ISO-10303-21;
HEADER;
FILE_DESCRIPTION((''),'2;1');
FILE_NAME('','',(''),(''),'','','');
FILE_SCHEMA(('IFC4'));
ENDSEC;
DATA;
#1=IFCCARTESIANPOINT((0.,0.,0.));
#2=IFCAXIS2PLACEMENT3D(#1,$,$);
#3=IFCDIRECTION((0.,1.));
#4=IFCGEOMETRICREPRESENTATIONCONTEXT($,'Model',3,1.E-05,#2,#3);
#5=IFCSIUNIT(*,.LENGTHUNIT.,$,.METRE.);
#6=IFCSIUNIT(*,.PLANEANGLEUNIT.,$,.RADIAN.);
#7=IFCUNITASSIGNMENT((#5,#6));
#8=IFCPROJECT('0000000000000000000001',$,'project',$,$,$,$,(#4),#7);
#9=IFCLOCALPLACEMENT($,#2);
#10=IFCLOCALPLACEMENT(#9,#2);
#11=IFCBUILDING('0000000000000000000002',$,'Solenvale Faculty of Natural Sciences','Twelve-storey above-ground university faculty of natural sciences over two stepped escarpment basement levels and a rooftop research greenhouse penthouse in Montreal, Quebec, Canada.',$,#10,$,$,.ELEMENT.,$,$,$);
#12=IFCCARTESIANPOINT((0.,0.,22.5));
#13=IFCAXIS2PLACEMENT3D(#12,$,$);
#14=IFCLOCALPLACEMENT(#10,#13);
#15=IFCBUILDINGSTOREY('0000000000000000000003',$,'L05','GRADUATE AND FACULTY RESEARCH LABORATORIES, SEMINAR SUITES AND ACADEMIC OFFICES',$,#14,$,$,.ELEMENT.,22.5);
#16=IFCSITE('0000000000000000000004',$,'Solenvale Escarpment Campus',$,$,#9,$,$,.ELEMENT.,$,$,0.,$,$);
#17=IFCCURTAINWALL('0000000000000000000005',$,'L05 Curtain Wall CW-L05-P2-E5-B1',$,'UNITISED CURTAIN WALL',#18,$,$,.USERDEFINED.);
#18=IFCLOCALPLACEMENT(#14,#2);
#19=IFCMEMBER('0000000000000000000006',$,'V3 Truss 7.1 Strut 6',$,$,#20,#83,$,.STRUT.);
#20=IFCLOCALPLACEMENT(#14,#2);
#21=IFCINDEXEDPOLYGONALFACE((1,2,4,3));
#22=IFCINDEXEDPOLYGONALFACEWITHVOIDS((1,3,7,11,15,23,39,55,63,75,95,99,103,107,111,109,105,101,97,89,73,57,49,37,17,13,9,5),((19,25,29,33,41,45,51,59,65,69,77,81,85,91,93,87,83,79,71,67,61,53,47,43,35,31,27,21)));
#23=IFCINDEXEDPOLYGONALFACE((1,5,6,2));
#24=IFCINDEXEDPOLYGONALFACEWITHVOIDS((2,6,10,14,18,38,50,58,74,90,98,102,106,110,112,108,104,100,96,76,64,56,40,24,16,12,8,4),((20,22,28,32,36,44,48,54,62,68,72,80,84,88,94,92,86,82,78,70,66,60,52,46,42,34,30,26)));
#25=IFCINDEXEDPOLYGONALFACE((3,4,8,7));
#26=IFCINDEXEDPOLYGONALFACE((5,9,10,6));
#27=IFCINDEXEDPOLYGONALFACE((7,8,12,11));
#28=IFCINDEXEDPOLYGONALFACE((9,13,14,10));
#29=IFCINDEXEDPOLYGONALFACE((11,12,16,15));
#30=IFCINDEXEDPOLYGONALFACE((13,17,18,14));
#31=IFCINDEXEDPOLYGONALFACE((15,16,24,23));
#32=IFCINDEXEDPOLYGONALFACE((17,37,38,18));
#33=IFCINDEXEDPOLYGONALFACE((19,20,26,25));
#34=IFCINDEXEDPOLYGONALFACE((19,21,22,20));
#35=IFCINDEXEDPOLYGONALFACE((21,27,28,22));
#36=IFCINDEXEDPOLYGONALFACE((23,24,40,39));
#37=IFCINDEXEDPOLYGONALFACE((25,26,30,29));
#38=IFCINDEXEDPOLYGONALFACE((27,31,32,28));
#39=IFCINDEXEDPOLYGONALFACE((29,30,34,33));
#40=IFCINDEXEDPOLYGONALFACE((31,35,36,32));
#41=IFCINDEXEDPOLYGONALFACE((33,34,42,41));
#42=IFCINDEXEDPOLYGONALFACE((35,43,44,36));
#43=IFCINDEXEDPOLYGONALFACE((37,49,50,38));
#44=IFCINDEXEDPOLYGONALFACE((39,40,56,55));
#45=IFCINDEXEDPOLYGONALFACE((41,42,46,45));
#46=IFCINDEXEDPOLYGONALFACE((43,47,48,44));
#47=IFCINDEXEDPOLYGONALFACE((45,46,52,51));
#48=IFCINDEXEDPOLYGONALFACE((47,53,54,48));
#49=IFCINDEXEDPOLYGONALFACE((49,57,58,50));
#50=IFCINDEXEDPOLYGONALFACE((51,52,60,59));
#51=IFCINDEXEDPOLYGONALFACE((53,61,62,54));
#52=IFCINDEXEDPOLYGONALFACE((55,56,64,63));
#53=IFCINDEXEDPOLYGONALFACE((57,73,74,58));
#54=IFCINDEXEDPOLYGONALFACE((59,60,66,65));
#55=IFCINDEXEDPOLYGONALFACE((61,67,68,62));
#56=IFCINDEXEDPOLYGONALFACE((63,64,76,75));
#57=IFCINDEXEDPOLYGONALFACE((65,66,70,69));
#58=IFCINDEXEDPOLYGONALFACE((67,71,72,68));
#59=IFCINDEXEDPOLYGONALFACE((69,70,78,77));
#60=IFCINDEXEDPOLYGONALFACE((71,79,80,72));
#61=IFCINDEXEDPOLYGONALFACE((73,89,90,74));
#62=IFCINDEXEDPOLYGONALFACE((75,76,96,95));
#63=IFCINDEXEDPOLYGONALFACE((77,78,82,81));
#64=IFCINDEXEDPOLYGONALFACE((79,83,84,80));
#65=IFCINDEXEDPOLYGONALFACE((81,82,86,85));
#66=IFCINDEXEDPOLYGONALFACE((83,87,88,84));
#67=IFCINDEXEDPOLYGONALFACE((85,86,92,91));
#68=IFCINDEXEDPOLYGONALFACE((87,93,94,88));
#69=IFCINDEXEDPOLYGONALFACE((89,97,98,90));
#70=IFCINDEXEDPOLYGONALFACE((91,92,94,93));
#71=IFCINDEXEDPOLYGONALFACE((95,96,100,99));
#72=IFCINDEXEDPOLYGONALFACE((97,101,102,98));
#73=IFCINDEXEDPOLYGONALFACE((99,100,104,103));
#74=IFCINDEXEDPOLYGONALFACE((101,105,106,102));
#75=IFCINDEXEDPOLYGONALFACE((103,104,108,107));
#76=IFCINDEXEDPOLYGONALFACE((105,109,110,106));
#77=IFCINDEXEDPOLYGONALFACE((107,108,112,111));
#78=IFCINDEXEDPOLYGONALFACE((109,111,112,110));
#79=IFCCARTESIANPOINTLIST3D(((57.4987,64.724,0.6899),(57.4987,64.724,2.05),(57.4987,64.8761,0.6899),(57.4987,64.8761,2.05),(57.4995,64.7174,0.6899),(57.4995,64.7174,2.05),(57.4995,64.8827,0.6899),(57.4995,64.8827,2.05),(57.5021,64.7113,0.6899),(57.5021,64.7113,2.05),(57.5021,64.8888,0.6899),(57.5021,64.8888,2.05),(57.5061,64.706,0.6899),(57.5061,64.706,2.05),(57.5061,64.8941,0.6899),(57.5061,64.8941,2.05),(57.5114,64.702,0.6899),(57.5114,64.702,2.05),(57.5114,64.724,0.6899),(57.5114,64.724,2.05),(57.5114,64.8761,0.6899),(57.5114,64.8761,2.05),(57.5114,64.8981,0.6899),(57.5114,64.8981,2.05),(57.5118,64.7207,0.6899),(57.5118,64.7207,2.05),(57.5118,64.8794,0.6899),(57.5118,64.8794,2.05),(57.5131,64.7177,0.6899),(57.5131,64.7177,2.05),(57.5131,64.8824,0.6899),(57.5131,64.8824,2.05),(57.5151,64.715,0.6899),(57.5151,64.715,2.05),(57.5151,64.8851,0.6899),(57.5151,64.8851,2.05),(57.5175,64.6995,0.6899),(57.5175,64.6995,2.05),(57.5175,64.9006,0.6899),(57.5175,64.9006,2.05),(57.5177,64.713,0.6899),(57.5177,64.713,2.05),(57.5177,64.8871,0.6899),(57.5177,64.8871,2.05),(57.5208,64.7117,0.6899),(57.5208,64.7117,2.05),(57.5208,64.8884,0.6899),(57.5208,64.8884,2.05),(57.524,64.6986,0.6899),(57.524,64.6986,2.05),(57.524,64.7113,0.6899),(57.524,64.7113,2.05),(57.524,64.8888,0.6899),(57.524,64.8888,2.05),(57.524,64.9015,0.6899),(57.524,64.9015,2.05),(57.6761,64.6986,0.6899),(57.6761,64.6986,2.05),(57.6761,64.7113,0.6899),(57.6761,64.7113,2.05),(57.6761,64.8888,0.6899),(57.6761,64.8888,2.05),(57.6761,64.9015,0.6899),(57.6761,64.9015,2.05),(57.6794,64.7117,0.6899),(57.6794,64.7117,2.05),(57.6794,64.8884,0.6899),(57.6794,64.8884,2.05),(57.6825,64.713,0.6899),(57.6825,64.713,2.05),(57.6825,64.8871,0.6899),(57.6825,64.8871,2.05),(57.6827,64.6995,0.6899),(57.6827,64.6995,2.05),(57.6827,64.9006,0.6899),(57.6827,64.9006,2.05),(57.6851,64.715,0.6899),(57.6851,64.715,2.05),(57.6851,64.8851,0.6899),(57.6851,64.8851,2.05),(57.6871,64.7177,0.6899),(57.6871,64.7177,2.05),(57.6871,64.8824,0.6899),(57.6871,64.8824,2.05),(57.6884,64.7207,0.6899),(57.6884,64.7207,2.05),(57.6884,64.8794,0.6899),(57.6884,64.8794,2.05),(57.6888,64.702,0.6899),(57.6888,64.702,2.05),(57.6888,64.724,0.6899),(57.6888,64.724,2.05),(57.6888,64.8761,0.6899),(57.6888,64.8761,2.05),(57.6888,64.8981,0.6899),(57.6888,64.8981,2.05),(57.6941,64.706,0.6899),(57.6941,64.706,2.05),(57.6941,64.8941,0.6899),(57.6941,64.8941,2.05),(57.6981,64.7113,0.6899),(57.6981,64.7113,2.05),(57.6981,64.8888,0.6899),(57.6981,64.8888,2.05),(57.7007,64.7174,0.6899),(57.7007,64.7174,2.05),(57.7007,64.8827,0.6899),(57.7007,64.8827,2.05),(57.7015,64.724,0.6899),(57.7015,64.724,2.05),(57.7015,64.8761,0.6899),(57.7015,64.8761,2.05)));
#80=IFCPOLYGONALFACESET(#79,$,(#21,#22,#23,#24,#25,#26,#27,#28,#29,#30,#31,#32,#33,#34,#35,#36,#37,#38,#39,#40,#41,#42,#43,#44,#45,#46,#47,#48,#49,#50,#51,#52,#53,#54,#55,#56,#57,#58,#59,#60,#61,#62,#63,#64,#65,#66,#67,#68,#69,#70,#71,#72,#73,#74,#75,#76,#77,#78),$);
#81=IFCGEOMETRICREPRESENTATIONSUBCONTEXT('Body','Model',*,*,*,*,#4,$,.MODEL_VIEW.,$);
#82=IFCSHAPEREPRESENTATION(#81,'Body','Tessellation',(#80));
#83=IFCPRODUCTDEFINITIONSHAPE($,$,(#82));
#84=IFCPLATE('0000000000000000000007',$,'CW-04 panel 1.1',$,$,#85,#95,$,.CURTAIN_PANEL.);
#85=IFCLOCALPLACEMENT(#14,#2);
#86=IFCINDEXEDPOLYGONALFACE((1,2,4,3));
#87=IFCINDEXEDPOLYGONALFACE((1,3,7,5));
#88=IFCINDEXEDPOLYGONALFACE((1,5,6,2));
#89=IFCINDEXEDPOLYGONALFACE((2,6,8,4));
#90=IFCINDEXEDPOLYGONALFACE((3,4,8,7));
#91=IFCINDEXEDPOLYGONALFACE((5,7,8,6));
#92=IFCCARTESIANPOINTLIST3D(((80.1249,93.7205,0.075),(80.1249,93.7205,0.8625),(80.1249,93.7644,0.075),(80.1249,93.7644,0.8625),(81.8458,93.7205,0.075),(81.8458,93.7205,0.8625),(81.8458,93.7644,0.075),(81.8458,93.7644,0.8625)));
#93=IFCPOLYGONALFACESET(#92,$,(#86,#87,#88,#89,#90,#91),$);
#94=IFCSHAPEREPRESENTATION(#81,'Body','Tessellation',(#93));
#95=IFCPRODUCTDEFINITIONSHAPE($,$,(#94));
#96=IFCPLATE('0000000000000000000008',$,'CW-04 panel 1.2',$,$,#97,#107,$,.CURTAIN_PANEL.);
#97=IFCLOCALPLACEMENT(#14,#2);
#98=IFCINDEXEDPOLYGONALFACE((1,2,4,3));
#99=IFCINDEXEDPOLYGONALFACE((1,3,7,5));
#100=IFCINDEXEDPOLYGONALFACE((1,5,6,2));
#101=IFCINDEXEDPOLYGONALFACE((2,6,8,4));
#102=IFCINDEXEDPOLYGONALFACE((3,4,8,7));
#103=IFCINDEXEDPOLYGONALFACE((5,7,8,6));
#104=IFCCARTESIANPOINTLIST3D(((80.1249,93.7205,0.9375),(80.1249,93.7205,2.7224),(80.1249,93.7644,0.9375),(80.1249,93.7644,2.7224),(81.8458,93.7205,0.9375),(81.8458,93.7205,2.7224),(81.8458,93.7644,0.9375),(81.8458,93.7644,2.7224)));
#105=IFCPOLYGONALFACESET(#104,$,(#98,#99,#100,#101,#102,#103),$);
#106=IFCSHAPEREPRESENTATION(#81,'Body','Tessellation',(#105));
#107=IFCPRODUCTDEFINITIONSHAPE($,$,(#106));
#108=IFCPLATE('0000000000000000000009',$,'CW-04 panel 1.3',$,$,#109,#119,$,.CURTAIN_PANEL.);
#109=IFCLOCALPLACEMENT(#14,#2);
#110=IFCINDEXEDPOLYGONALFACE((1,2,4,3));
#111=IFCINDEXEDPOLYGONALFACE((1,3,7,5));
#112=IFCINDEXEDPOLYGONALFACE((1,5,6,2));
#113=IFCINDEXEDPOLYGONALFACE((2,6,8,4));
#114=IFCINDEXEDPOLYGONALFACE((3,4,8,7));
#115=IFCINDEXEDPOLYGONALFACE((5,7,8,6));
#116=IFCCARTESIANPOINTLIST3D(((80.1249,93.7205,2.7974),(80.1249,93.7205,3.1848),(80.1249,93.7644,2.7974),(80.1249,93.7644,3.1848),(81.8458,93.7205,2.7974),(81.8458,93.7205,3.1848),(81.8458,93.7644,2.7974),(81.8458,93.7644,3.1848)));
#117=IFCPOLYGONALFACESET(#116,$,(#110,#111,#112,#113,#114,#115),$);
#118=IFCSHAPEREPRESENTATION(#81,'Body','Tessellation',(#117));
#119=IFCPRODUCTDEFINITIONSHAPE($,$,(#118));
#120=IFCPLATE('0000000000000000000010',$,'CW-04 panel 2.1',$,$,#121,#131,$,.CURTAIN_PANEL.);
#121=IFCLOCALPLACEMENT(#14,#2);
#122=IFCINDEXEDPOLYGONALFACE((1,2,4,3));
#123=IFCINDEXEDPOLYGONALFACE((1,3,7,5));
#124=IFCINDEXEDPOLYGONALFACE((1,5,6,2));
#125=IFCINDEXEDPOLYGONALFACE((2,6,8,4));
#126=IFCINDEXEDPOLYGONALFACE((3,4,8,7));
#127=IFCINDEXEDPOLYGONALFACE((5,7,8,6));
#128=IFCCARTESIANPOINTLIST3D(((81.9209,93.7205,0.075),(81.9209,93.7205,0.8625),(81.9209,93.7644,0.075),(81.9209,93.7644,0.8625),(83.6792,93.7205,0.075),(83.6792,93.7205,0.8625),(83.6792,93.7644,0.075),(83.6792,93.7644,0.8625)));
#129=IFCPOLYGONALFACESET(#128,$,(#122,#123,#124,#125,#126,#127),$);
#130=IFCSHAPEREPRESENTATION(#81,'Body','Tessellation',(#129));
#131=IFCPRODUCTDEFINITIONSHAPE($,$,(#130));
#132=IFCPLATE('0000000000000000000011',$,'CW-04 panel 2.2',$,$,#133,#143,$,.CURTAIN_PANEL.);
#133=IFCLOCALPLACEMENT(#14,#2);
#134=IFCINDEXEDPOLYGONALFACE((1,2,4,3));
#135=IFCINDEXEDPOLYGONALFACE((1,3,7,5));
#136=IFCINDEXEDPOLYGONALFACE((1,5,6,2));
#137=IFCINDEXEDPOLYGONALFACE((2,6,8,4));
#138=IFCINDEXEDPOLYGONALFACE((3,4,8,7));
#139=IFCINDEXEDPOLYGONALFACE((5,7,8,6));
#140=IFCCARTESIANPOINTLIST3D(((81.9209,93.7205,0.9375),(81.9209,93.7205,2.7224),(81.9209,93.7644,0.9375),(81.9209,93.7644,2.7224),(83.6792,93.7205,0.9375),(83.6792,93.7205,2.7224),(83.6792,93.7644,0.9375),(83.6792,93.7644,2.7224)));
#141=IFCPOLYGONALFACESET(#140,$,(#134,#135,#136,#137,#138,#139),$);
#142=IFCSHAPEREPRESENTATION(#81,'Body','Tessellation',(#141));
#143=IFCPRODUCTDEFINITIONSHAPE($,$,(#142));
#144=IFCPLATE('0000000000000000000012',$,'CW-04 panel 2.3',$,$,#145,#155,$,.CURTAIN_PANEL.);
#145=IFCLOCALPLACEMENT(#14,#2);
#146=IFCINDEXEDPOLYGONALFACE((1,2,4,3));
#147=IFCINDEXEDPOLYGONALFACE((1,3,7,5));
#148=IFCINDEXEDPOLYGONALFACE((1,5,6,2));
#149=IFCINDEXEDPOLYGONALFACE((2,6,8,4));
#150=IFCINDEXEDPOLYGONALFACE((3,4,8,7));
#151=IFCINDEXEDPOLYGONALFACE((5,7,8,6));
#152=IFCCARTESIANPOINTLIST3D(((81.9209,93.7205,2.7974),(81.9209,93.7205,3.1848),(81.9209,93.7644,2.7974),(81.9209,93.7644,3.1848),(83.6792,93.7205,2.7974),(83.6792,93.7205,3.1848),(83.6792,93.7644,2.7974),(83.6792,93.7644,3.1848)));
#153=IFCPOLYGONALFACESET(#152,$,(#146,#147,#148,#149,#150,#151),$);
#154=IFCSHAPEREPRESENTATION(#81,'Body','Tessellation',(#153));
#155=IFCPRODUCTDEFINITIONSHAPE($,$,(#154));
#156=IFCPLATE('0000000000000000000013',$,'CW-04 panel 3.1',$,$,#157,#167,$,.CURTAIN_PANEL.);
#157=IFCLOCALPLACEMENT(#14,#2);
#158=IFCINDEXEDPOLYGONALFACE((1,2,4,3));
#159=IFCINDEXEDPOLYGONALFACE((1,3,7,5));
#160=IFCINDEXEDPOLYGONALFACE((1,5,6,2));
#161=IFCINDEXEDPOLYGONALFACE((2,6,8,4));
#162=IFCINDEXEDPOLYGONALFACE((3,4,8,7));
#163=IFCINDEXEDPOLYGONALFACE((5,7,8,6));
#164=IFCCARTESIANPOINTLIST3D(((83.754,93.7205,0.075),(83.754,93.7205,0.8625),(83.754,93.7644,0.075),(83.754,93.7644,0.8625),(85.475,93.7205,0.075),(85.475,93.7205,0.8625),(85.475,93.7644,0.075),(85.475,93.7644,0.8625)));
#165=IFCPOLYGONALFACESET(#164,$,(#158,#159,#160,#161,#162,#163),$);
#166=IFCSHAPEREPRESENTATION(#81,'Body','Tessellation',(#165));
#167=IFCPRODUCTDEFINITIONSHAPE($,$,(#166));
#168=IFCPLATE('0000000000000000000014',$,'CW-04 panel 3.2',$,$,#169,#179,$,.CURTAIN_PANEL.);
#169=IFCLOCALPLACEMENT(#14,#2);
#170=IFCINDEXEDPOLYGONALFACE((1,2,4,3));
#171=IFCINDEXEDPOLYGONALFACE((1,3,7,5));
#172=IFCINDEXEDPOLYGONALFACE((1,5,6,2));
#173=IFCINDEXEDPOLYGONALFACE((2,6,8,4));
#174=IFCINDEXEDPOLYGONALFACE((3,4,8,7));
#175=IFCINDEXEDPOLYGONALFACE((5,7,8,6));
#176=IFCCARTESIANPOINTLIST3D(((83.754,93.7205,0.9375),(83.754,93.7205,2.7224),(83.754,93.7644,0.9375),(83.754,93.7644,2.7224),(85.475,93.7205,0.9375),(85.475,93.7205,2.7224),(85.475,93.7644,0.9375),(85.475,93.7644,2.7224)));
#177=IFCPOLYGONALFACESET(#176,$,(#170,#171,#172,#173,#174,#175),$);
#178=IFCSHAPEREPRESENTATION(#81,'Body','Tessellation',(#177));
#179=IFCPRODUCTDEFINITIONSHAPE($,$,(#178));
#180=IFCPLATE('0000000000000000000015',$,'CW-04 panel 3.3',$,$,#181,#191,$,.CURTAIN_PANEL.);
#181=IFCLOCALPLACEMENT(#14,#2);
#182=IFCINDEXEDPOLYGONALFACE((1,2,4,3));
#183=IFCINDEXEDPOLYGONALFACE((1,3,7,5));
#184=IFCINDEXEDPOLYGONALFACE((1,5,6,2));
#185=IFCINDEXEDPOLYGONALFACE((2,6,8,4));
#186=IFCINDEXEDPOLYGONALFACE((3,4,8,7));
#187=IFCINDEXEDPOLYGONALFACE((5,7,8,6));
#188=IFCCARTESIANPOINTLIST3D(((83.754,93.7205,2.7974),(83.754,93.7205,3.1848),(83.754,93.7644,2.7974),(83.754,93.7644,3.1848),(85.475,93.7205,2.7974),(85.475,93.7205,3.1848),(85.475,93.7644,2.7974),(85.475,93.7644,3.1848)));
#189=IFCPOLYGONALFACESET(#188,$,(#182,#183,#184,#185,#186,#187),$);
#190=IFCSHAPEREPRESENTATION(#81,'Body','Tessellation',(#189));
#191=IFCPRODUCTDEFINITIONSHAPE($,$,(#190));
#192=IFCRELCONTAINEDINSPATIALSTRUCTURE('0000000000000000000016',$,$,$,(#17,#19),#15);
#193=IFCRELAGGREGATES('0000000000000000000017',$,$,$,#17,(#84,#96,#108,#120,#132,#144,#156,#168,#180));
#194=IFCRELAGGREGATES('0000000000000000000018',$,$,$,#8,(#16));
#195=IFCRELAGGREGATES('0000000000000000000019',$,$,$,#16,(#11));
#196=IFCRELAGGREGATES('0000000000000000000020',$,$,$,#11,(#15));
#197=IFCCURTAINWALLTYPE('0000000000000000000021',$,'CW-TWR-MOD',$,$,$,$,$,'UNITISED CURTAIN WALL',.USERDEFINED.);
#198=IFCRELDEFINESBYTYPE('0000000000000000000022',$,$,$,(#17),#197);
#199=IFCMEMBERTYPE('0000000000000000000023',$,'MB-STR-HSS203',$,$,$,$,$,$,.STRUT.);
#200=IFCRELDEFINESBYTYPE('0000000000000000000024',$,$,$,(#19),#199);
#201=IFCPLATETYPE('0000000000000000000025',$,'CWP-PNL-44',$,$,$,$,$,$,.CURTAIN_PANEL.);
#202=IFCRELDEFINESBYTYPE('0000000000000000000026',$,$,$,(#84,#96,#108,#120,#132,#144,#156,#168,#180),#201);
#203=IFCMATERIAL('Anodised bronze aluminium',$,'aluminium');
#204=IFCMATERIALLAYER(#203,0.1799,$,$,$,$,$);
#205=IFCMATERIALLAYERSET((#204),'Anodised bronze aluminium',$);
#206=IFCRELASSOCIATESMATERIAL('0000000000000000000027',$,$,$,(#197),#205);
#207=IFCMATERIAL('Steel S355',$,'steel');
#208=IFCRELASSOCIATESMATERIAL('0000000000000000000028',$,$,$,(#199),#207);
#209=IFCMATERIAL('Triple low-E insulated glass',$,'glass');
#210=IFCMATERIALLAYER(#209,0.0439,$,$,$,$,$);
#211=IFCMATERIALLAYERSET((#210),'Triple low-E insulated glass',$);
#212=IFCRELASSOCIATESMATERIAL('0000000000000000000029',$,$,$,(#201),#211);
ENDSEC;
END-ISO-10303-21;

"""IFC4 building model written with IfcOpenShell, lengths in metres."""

from ifc_helpers import new_model, si_unit, direction, frame, origin, origin_2d, place, context, subcontext, project, spatial, rectangle, hollow_rectangle, extrude, material, layer, layer_set, material_profile, profile_set, type_object, element, aggregate, save


model = new_model("IFC4")

# Units and contexts
model_context = context("Model", 3, precision=1e-05, world=origin(), true_north=direction((0.0, 1.0)))
body_context = subcontext(model_context, "Body", "Model", "MODEL_VIEW")
ifc_project = project(units=[si_unit("LENGTHUNIT", "METRE"), si_unit("PLANEANGLEUNIT", "RADIAN")], contexts=[model_context])

# Site, building, storey
site_placement = place(None, origin())
site = spatial("IfcSite", under=ifc_project, at=site_placement, Name="Solenvale Escarpment Campus", CompositionType="ELEMENT", RefElevation=0.0)
building_placement = place(site_placement, origin())
building = spatial("IfcBuilding", under=site, at=building_placement, Name="Solenvale Faculty of Natural Sciences", Description="Twelve-storey above-ground university faculty of natural sciences over two stepped escarpment basement levels and a rooftop research greenhouse penthouse in Montreal, Quebec, Canada.", CompositionType="ELEMENT")
storey_placement = place(building_placement, frame((0.0, 0.0, 22.5)))
storey = spatial("IfcBuildingStorey", under=building, at=storey_placement, Name="L05", Description="GRADUATE AND FACULTY RESEARCH LABORATORIES, SEMINAR SUITES AND ACADEMIC OFFICES", CompositionType="ELEMENT", Elevation=22.5)

# Shared definitions
ifc_material_1 = material(Name="Steel S355", Category="steel")

# Curtain wall
ifc_material_2 = material(Name="Anodised bronze aluminium", Category="aluminium")
ifc_layer_1 = layer(ifc_material_2, 0.1799)
ifc_layer_set_1 = layer_set([ifc_layer_1], Name="Anodised bronze aluminium")
curtain_wall_type = type_object("IfcCurtainWallType", Name="CW-TWR-MOD", ElementType="UNITISED CURTAIN WALL", PredefinedType="USERDEFINED", material=ifc_layer_set_1)
curtain_wall_placement = place(storey_placement, origin())
curtain_wall = element("IfcCurtainWall", 1, at=curtain_wall_placement, inside=storey, type_object=curtain_wall_type, Name="L05 Curtain Wall CW-L05-P2-E5-B1", ObjectType="UNITISED CURTAIN WALL", PredefinedType="USERDEFINED")

# Member
ifc_material_profile_1 = material_profile(ifc_material_1, hollow_rectangle(XDim=0.2029, YDim=0.2029, WallThickness=0.0127, InnerFilletRadius=0.0127, OuterFilletRadius=0.0254, at=origin_2d()), Name="HSS203x203x13")
ifc_profile_set_1 = profile_set([ifc_material_profile_1], Name="Steel S355")
member_type_1 = type_object("IfcMemberType", Name="MB-STR-HSS203", PredefinedType="STRUT", material=ifc_profile_set_1)
member_1_placement = place(storey_placement, frame((57.6001, 64.8, 0.6899), z_axis=(0.0, 0.0, 1.0), x_axis=(1.0, 0.0, 0.0)))
element("IfcMember", 2, at=member_1_placement, inside=storey, type_object=member_type_1, Name="V3 Truss 7.1 Strut 6", PredefinedType="STRUT", context=body_context, shape_type="SweptSolid", body=[
    extrude(hollow_rectangle(XDim=0.2029, YDim=0.2029, WallThickness=0.0127, InnerFilletRadius=0.0127, OuterFilletRadius=0.0254, at=origin_2d()), origin(), (0.0, 0.0, 1.0), 1.3601),
])

# Plates
ifc_material_3 = material(Name="Triple low-E insulated glass", Category="glass")
ifc_layer_2 = layer(ifc_material_3, 0.0439)
ifc_layer_set_2 = layer_set([ifc_layer_2], Name="Triple low-E insulated glass")
plate_type_1 = type_object("IfcPlateType", Name="CWP-PNL-44", PredefinedType="CURTAIN_PANEL", material=ifc_layer_set_2)
plate_1_placement = place(storey_placement, frame((80.9854, 93.7424, 0.075), z_axis=(0.0, 0.0, 1.0), x_axis=(1.0, 0.0, 0.0)))
plate_1 = element("IfcPlate", 3, at=plate_1_placement, type_object=plate_type_1, Name="CW-04 panel 1.1", PredefinedType="CURTAIN_PANEL", context=body_context, shape_type="SweptSolid", body=[
    extrude(rectangle(XDim=1.7209, YDim=0.0439, at=origin_2d()), origin(), (0.0, 0.0, 1.0), 0.7876),
])
plate_2_placement = place(storey_placement, frame((80.9854, 93.7424, 0.9375), z_axis=(0.0, 0.0, 1.0), x_axis=(1.0, 0.0, 0.0)))
plate_2 = element("IfcPlate", 4, at=plate_2_placement, type_object=plate_type_1, Name="CW-04 panel 1.2", PredefinedType="CURTAIN_PANEL", context=body_context, shape_type="SweptSolid", body=[
    extrude(rectangle(XDim=1.7209, YDim=0.0439, at=origin_2d()), origin(), (0.0, 0.0, 1.0), 1.7849),
])
plate_3_placement = place(storey_placement, frame((80.9854, 93.7424, 2.7974), z_axis=(0.0, 0.0, 1.0), x_axis=(1.0, 0.0, 0.0)))
plate_3 = element("IfcPlate", 5, at=plate_3_placement, type_object=plate_type_1, Name="CW-04 panel 1.3", PredefinedType="CURTAIN_PANEL", context=body_context, shape_type="SweptSolid", body=[
    extrude(rectangle(XDim=1.7209, YDim=0.0439, at=origin_2d()), origin(), (0.0, 0.0, 1.0), 0.3875),
])
plate_4_placement = place(storey_placement, frame((82.8, 93.7424, 0.075), z_axis=(0.0, 0.0, 1.0), x_axis=(1.0, 0.0, 0.0)))
plate_4 = element("IfcPlate", 6, at=plate_4_placement, type_object=plate_type_1, Name="CW-04 panel 2.1", PredefinedType="CURTAIN_PANEL", context=body_context, shape_type="SweptSolid", body=[
    extrude(rectangle(XDim=1.7583, YDim=0.0439, at=origin_2d()), origin(), (0.0, 0.0, 1.0), 0.7876),
])
plate_5_placement = place(storey_placement, frame((82.8, 93.7424, 0.9375), z_axis=(0.0, 0.0, 1.0), x_axis=(1.0, 0.0, 0.0)))
plate_5 = element("IfcPlate", 7, at=plate_5_placement, type_object=plate_type_1, Name="CW-04 panel 2.2", PredefinedType="CURTAIN_PANEL", context=body_context, shape_type="SweptSolid", body=[
    extrude(rectangle(XDim=1.7583, YDim=0.0439, at=origin_2d()), origin(), (0.0, 0.0, 1.0), 1.7849),
])
plate_6_placement = place(storey_placement, frame((82.8, 93.7424, 2.7974), z_axis=(0.0, 0.0, 1.0), x_axis=(1.0, 0.0, 0.0)))
plate_6 = element("IfcPlate", 8, at=plate_6_placement, type_object=plate_type_1, Name="CW-04 panel 2.3", PredefinedType="CURTAIN_PANEL", context=body_context, shape_type="SweptSolid", body=[
    extrude(rectangle(XDim=1.7583, YDim=0.0439, at=origin_2d()), origin(), (0.0, 0.0, 1.0), 0.3875),
])
plate_7_placement = place(storey_placement, frame((84.6145, 93.7424, 0.075), z_axis=(0.0, 0.0, 1.0), x_axis=(1.0, 0.0, 0.0)))
plate_7 = element("IfcPlate", 9, at=plate_7_placement, type_object=plate_type_1, Name="CW-04 panel 3.1", PredefinedType="CURTAIN_PANEL", context=body_context, shape_type="SweptSolid", body=[
    extrude(rectangle(XDim=1.7209, YDim=0.0439, at=origin_2d()), origin(), (0.0, 0.0, 1.0), 0.7876),
])
plate_8_placement = place(storey_placement, frame((84.6145, 93.7424, 0.9375), z_axis=(0.0, 0.0, 1.0), x_axis=(1.0, 0.0, 0.0)))
plate_8 = element("IfcPlate", 10, at=plate_8_placement, type_object=plate_type_1, Name="CW-04 panel 3.2", PredefinedType="CURTAIN_PANEL", context=body_context, shape_type="SweptSolid", body=[
    extrude(rectangle(XDim=1.7209, YDim=0.0439, at=origin_2d()), origin(), (0.0, 0.0, 1.0), 1.7849),
])
plate_9_placement = place(storey_placement, frame((84.6145, 93.7424, 2.7974), z_axis=(0.0, 0.0, 1.0), x_axis=(1.0, 0.0, 0.0)))
plate_9 = element("IfcPlate", 11, at=plate_9_placement, type_object=plate_type_1, Name="CW-04 panel 3.3", PredefinedType="CURTAIN_PANEL", context=body_context, shape_type="SweptSolid", body=[
    extrude(rectangle(XDim=1.7209, YDim=0.0439, at=origin_2d()), origin(), (0.0, 0.0, 1.0), 0.3875),
])
aggregate(curtain_wall, [plate_1, plate_2, plate_3, plate_4, plate_5, plate_6, plate_7, plate_8, plate_9])

save(model, "model.ifc")
